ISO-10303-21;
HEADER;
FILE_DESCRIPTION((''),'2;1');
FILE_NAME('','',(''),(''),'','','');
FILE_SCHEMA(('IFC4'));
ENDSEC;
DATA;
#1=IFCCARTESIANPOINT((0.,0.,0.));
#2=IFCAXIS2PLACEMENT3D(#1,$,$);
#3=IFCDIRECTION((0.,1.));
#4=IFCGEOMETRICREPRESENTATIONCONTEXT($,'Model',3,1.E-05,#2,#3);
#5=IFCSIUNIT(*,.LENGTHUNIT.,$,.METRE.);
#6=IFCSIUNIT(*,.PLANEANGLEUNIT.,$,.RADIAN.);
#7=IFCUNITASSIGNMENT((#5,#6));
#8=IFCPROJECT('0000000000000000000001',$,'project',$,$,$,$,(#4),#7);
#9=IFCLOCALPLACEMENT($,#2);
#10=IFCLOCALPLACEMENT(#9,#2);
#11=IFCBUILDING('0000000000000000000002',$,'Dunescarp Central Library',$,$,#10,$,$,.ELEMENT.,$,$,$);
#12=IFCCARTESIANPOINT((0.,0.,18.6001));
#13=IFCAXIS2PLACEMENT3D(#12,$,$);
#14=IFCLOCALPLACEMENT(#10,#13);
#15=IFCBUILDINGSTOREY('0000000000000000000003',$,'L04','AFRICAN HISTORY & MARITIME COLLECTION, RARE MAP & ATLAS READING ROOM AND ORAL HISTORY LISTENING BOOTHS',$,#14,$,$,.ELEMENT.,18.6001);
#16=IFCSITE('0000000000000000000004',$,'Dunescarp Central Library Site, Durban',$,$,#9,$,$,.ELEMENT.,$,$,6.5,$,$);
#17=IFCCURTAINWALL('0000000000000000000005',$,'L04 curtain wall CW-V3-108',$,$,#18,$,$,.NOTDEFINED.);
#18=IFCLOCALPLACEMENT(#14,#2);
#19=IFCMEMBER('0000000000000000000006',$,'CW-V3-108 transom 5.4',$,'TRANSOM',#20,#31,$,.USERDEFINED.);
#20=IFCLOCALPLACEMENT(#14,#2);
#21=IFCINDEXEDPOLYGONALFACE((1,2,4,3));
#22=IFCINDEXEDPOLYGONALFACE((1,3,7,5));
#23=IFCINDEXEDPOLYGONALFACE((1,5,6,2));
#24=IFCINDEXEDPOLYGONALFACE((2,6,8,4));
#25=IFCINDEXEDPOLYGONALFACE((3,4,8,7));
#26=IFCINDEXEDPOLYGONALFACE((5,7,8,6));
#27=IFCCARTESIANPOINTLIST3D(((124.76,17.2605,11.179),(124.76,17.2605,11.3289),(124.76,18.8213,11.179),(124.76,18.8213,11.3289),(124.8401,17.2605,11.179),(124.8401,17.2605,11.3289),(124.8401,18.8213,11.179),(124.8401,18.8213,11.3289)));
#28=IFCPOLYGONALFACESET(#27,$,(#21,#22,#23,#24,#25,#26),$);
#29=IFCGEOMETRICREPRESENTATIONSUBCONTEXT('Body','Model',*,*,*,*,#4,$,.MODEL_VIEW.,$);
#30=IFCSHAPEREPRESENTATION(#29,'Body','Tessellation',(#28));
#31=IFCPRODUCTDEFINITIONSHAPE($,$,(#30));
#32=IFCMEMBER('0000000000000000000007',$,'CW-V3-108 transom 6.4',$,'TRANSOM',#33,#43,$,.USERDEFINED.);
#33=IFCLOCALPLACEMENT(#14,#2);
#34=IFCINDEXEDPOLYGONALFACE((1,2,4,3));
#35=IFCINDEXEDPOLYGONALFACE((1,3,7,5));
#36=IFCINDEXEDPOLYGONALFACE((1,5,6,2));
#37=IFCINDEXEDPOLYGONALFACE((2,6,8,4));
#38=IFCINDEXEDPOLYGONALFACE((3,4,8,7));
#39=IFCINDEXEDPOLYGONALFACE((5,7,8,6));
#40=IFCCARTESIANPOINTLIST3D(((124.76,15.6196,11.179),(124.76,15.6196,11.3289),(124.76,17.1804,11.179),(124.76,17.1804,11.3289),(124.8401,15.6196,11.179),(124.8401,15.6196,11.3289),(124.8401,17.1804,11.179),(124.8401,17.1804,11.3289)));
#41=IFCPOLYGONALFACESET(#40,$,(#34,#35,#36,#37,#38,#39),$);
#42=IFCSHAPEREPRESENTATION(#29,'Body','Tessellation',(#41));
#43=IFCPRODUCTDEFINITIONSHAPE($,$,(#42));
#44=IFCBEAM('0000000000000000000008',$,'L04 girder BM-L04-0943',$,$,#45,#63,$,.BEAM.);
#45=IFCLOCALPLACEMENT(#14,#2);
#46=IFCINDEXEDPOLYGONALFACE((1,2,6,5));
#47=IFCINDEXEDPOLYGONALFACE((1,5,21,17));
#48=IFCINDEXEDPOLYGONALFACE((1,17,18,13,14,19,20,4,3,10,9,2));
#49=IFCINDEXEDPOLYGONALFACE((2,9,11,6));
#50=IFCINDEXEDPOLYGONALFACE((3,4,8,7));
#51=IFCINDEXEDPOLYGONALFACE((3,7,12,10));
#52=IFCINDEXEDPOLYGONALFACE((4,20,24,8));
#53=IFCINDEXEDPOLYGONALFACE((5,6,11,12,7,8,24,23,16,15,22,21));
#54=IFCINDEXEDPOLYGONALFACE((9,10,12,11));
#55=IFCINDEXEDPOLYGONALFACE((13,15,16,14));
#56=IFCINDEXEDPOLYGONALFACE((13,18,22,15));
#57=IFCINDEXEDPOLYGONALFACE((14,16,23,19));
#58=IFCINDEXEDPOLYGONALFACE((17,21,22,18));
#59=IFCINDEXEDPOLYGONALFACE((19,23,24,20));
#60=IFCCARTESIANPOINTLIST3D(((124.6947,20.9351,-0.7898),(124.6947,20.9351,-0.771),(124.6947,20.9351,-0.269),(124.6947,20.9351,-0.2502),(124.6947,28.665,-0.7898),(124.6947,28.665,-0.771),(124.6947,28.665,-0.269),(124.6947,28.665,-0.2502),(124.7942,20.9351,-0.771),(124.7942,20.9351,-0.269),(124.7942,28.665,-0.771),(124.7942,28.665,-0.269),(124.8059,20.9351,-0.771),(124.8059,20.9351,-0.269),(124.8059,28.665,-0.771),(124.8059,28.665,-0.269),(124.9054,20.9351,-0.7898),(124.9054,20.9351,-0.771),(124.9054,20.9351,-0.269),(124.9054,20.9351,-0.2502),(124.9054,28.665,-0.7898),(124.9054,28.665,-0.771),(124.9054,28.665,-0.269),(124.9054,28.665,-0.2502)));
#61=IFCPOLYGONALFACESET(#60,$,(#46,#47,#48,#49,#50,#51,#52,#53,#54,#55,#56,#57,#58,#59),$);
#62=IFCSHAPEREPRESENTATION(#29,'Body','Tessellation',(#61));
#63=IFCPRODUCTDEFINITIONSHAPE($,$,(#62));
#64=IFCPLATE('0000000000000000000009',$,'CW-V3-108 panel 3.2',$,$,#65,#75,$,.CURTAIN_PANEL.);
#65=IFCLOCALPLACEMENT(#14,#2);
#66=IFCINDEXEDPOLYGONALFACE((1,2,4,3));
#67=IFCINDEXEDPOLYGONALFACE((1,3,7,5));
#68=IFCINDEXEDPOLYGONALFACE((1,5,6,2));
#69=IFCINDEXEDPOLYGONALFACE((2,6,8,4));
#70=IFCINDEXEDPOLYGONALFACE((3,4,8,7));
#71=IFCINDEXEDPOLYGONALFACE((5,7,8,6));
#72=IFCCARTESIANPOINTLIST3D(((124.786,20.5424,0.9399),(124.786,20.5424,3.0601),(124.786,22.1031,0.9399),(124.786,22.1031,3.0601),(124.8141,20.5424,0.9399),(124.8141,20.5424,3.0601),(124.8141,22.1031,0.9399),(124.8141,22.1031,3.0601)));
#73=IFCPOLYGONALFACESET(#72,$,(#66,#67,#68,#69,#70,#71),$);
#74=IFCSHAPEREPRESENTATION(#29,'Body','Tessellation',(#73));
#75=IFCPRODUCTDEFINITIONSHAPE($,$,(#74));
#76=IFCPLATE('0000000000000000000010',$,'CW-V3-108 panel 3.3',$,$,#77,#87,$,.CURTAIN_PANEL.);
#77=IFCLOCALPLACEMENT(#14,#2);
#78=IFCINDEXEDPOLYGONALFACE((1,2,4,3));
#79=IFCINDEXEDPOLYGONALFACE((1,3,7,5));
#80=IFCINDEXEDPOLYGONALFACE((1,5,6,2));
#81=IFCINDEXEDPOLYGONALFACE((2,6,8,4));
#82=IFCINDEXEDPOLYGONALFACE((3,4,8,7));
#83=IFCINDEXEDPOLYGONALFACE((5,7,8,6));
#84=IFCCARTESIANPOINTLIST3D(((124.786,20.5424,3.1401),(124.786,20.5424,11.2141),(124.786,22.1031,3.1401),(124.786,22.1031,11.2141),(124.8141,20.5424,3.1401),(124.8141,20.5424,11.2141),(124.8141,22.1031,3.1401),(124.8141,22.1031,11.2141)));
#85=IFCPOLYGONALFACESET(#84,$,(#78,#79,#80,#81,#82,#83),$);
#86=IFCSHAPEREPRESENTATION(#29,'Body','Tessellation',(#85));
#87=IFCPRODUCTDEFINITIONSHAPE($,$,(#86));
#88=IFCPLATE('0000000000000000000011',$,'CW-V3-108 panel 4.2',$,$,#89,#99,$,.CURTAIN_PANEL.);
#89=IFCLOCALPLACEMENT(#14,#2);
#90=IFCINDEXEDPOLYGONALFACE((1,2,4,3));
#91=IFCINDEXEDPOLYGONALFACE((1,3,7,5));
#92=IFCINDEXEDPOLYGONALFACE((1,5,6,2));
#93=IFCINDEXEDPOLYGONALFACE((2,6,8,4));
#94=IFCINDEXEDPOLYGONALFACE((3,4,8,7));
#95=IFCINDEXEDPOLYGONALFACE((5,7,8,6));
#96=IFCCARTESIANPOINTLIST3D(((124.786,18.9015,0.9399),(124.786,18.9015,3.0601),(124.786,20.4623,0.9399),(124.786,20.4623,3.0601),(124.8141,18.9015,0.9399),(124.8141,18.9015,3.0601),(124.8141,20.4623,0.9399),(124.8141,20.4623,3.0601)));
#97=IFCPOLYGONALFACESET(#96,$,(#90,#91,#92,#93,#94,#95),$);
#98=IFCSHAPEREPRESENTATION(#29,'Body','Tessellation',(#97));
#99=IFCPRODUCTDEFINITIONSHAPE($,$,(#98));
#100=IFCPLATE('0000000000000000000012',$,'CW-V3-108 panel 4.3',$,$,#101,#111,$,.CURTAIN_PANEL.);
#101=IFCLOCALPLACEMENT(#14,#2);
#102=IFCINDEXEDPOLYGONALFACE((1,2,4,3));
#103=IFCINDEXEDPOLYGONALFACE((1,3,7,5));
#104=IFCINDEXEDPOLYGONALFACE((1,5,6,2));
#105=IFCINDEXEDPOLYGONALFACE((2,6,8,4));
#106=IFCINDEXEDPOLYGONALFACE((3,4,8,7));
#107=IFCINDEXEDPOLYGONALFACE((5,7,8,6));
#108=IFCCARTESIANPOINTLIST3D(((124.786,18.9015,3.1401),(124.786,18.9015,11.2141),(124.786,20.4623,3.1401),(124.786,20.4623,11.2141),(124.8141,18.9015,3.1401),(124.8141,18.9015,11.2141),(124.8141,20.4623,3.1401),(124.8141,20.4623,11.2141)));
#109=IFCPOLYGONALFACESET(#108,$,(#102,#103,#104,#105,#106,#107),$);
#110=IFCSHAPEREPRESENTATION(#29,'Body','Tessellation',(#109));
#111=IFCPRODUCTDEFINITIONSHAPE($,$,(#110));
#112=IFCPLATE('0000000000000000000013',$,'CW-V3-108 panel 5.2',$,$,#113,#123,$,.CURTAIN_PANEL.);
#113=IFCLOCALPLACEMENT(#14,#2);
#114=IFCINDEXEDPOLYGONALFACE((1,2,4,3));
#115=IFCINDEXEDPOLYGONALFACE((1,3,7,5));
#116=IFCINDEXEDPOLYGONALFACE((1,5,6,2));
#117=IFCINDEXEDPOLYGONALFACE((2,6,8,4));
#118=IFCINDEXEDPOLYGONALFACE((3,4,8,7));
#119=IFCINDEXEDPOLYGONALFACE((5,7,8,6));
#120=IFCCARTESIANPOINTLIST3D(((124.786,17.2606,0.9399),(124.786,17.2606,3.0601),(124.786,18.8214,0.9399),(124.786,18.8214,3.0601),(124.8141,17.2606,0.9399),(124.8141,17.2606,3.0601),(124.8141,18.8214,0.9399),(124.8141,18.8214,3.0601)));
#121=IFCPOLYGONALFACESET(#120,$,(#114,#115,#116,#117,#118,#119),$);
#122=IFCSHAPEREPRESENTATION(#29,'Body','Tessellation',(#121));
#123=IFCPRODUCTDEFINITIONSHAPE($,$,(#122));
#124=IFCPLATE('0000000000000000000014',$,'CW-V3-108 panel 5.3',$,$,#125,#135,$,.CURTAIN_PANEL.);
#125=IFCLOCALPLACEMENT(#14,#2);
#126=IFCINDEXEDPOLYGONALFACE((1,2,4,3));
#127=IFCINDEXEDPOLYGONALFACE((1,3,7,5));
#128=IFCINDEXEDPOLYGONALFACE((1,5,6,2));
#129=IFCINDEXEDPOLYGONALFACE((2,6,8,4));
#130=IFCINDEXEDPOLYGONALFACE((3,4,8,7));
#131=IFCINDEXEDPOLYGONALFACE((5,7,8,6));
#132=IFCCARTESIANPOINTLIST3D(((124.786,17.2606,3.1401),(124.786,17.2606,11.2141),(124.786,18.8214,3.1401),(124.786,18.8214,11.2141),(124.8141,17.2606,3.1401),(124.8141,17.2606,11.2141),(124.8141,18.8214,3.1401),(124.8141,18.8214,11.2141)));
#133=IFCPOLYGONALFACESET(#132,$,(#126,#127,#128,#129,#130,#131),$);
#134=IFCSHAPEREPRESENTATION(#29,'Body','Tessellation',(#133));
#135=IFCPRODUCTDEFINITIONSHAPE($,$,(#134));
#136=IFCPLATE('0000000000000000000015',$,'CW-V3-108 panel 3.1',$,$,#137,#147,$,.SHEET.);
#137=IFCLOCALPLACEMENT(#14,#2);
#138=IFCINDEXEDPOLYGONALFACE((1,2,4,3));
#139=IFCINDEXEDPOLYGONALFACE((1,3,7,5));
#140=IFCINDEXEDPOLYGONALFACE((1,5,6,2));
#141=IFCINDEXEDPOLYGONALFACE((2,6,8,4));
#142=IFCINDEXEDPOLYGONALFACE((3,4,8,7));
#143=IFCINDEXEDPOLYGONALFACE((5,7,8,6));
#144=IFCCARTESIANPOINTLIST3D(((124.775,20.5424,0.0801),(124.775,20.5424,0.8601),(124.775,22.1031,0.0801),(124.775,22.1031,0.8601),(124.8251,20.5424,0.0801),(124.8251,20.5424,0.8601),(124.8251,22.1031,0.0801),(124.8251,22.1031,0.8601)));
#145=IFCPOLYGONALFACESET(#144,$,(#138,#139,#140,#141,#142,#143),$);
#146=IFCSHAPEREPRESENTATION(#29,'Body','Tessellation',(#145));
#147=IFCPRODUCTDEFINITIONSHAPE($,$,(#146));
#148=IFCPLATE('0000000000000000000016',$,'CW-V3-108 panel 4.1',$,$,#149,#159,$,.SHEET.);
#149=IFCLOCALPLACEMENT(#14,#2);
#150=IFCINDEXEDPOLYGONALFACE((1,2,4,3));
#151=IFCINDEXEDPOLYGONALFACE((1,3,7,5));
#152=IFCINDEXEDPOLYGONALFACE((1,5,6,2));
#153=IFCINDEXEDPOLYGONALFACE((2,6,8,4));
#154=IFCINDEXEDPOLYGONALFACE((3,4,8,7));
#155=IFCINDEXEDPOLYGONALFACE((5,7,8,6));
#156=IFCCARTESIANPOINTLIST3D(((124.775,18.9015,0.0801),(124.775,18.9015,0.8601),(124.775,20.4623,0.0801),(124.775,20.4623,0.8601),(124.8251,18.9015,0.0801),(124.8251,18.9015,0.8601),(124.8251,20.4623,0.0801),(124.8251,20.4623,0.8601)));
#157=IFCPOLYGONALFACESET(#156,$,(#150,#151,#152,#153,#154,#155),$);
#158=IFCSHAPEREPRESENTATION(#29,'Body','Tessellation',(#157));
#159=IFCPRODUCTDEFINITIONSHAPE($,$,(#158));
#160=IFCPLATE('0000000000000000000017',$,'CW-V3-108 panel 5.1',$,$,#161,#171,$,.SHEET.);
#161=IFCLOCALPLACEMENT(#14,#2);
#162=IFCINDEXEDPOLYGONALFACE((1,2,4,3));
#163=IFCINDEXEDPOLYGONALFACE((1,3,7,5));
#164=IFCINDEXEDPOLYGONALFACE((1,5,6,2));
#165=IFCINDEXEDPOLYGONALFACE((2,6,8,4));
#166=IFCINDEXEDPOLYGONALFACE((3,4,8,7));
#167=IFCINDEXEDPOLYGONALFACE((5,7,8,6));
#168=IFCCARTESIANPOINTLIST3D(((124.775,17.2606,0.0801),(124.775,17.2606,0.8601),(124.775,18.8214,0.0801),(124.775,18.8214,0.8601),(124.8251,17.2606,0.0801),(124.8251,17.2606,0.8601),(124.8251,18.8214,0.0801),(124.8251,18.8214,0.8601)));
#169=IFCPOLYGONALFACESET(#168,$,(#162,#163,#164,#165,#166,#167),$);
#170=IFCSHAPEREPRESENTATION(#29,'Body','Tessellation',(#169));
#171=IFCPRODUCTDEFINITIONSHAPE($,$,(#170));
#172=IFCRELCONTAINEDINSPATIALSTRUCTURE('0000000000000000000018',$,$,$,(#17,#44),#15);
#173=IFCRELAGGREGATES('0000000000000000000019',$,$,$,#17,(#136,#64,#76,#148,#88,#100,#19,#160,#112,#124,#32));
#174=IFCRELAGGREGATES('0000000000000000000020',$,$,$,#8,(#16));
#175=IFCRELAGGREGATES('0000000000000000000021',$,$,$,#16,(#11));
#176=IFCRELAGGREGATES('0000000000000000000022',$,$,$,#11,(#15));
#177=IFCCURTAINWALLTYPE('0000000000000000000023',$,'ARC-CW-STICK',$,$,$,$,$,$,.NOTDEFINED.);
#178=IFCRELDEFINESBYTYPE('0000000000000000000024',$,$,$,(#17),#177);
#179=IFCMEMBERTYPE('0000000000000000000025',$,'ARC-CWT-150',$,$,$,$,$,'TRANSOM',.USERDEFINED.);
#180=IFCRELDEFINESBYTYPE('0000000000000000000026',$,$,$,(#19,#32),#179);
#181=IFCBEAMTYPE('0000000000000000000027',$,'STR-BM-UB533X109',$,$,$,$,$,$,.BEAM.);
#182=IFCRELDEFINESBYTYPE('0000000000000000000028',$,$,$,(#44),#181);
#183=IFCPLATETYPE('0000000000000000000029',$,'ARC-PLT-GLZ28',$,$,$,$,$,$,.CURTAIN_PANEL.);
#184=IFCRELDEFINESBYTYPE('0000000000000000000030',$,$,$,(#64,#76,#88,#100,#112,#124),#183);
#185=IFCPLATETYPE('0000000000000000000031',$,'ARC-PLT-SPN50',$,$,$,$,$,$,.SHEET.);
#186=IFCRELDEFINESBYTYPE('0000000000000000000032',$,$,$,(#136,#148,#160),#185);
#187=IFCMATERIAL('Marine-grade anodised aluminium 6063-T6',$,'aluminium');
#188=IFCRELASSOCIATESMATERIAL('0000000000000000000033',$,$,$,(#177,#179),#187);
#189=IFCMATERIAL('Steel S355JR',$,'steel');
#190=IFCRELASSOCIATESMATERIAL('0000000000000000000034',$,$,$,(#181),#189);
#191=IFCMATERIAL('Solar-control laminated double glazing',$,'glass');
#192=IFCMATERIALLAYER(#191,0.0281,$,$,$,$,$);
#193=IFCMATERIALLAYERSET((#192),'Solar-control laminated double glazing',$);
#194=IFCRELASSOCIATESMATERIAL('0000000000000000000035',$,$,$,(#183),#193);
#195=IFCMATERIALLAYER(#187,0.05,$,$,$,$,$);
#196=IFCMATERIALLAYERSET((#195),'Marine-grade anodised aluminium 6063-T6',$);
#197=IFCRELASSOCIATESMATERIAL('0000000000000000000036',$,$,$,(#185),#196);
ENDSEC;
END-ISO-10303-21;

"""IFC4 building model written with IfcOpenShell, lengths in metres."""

from ifc_helpers import new_model, si_unit, direction, frame, origin, origin_2d, place, context, subcontext, project, spatial, rectangle, i_section, extrude, material, layer, layer_set, material_profile, profile_set, type_object, element, aggregate, save


model = new_model("IFC4")

# Units and contexts
model_context = context("Model", 3, precision=1e-05, world=origin(), true_north=direction((0.0, 1.0)))
body_context = subcontext(model_context, "Body", "Model", "MODEL_VIEW")
ifc_project = project(units=[si_unit("LENGTHUNIT", "METRE"), si_unit("PLANEANGLEUNIT", "RADIAN")], contexts=[model_context])

# Site, building, storey
site_placement = place(None, origin())
site = spatial("IfcSite", under=ifc_project, at=site_placement, Name="Dunescarp Central Library Site, Durban", CompositionType="ELEMENT", RefElevation=6.5)
building_placement = place(site_placement, origin())
building = spatial("IfcBuilding", under=site, at=building_placement, Name="Dunescarp Central Library", CompositionType="ELEMENT")
storey_placement = place(building_placement, frame((0.0, 0.0, 18.6001)))
storey = spatial("IfcBuildingStorey", under=building, at=storey_placement, Name="L04", Description="AFRICAN HISTORY & MARITIME COLLECTION, RARE MAP & ATLAS READING ROOM AND ORAL HISTORY LISTENING BOOTHS", CompositionType="ELEMENT", Elevation=18.6001)

# Shared definitions
ifc_material_1 = material(Name="Steel S355JR", Category="steel")

# Curtain wall, members
ifc_material_2 = material(Name="Marine-grade anodised aluminium 6063-T6", Category="aluminium")
curtain_wall_type = type_object("IfcCurtainWallType", Name="ARC-CW-STICK", PredefinedType="NOTDEFINED", material=ifc_material_2)
curtain_wall_placement = place(storey_placement, origin())
curtain_wall = element("IfcCurtainWall", 1, at=curtain_wall_placement, inside=storey, type_object=curtain_wall_type, Name="L04 curtain wall CW-V3-108", PredefinedType="NOTDEFINED")
ifc_material_profile_1 = material_profile(ifc_material_2, rectangle(XDim=0.0801, YDim=0.1499, at=origin_2d()), Name="AL 80x150")
ifc_profile_set_1 = profile_set([ifc_material_profile_1], Name="Marine-grade anodised aluminium 6063-T6")
member_type_1 = type_object("IfcMemberType", Name="ARC-CWT-150", ElementType="TRANSOM", PredefinedType="USERDEFINED", material=ifc_profile_set_1)
member_1_placement = place(storey_placement, frame((124.8, 18.8213, 11.2539), z_axis=(0.0, -1.0, 0.0), x_axis=(1.0, 0.0, 0.0)))
member_1 = element("IfcMember", 2, at=member_1_placement, type_object=member_type_1, Name="CW-V3-108 transom 5.4", ObjectType="TRANSOM", PredefinedType="USERDEFINED", context=body_context, shape_type="SweptSolid", body=[
    extrude(rectangle(XDim=0.0801, YDim=0.1499, at=origin_2d()), origin(), (0.0, 0.0, 1.0), 1.5608),
])
member_2_placement = place(storey_placement, frame((124.8, 17.1804, 11.2539), z_axis=(0.0, -1.0, 0.0), x_axis=(1.0, 0.0, 0.0)))
member_2 = element("IfcMember", 3, at=member_2_placement, type_object=member_type_1, Name="CW-V3-108 transom 6.4", ObjectType="TRANSOM", PredefinedType="USERDEFINED", context=body_context, shape_type="SweptSolid", body=[
    extrude(rectangle(XDim=0.0801, YDim=0.1499, at=origin_2d()), origin(), (0.0, 0.0, 1.0), 1.5608),
])

# Beam
ifc_material_profile_2 = material_profile(ifc_material_1, i_section(OverallWidth=0.2107, OverallDepth=0.5396, WebThickness=0.0117, FlangeThickness=0.0188, at=origin_2d()), Name="UB 533x210x109")
ifc_profile_set_2 = profile_set([ifc_material_profile_2], Name="Steel S355JR")
beam_type = type_object("IfcBeamType", Name="STR-BM-UB533X109", PredefinedType="BEAM", material=ifc_profile_set_2)
beam_placement = place(storey_placement, frame((124.8, 20.9351, -0.52), z_axis=(0.0, 1.0, 0.0), x_axis=(-1.0, 0.0, 0.0)))
element("IfcBeam", 4, at=beam_placement, inside=storey, type_object=beam_type, Name="L04 girder BM-L04-0943", PredefinedType="BEAM", context=body_context, shape_type="SweptSolid", body=[
    extrude(i_section(OverallWidth=0.2107, OverallDepth=0.5396, WebThickness=0.0117, FlangeThickness=0.0188, at=origin_2d()), origin(), (0.0, 0.0, 1.0), 7.73),
])

# Plates
ifc_material_3 = material(Name="Solar-control laminated double glazing", Category="glass")
ifc_layer_1 = layer(ifc_material_3, 0.0281)
ifc_layer_set_1 = layer_set([ifc_layer_1], Name="Solar-control laminated double glazing")
plate_type_1 = type_object("IfcPlateType", Name="ARC-PLT-GLZ28", PredefinedType="CURTAIN_PANEL", material=ifc_layer_set_1)
plate_1_placement = place(storey_placement, frame((124.8, 21.3228, 0.9399), z_axis=(0.0, 0.0, 1.0), x_axis=(0.0, -1.0, 0.0)))
plate_1 = element("IfcPlate", 5, at=plate_1_placement, type_object=plate_type_1, Name="CW-V3-108 panel 3.2", PredefinedType="CURTAIN_PANEL", context=body_context, shape_type="SweptSolid", body=[
    extrude(rectangle(XDim=1.5608, YDim=0.0281, at=origin_2d()), origin(), (0.0, 0.0, 1.0), 2.1201),
])
plate_2_placement = place(storey_placement, frame((124.8, 21.3228, 3.1401), z_axis=(0.0, 0.0, 1.0), x_axis=(0.0, -1.0, 0.0)))
plate_2 = element("IfcPlate", 6, at=plate_2_placement, type_object=plate_type_1, Name="CW-V3-108 panel 3.3", PredefinedType="CURTAIN_PANEL", context=body_context, shape_type="SweptSolid", body=[
    extrude(rectangle(XDim=1.5608, YDim=0.0281, at=origin_2d()), origin(), (0.0, 0.0, 1.0), 8.074),
])
plate_3_placement = place(storey_placement, frame((124.8, 19.6819, 0.9399), z_axis=(0.0, 0.0, 1.0), x_axis=(0.0, -1.0, 0.0)))
plate_3 = element("IfcPlate", 7, at=plate_3_placement, type_object=plate_type_1, Name="CW-V3-108 panel 4.2", PredefinedType="CURTAIN_PANEL", context=body_context, shape_type="SweptSolid", body=[
    extrude(rectangle(XDim=1.5608, YDim=0.0281, at=origin_2d()), origin(), (0.0, 0.0, 1.0), 2.1201),
])
plate_4_placement = place(storey_placement, frame((124.8, 19.6819, 3.1401), z_axis=(0.0, 0.0, 1.0), x_axis=(0.0, -1.0, 0.0)))
plate_4 = element("IfcPlate", 8, at=plate_4_placement, type_object=plate_type_1, Name="CW-V3-108 panel 4.3", PredefinedType="CURTAIN_PANEL", context=body_context, shape_type="SweptSolid", body=[
    extrude(rectangle(XDim=1.5608, YDim=0.0281, at=origin_2d()), origin(), (0.0, 0.0, 1.0), 8.074),
])
plate_5_placement = place(storey_placement, frame((124.8, 18.041, 0.9399), z_axis=(0.0, 0.0, 1.0), x_axis=(0.0, -1.0, 0.0)))
plate_5 = element("IfcPlate", 9, at=plate_5_placement, type_object=plate_type_1, Name="CW-V3-108 panel 5.2", PredefinedType="CURTAIN_PANEL", context=body_context, shape_type="SweptSolid", body=[
    extrude(rectangle(XDim=1.5608, YDim=0.0281, at=origin_2d()), origin(), (0.0, 0.0, 1.0), 2.1201),
])
plate_6_placement = place(storey_placement, frame((124.8, 18.041, 3.1401), z_axis=(0.0, 0.0, 1.0), x_axis=(0.0, -1.0, 0.0)))
plate_6 = element("IfcPlate", 10, at=plate_6_placement, type_object=plate_type_1, Name="CW-V3-108 panel 5.3", PredefinedType="CURTAIN_PANEL", context=body_context, shape_type="SweptSolid", body=[
    extrude(rectangle(XDim=1.5608, YDim=0.0281, at=origin_2d()), origin(), (0.0, 0.0, 1.0), 8.074),
])
ifc_layer_2 = layer(ifc_material_2, 0.05)
ifc_layer_set_2 = layer_set([ifc_layer_2], Name="Marine-grade anodised aluminium 6063-T6")
plate_type_2 = type_object("IfcPlateType", Name="ARC-PLT-SPN50", PredefinedType="SHEET", material=ifc_layer_set_2)
plate_7_placement = place(storey_placement, frame((124.8, 21.3228, 0.0801), z_axis=(0.0, 0.0, 1.0), x_axis=(0.0, -1.0, 0.0)))
plate_7 = element("IfcPlate", 11, at=plate_7_placement, type_object=plate_type_2, Name="CW-V3-108 panel 3.1", PredefinedType="SHEET", context=body_context, shape_type="SweptSolid", body=[
    extrude(rectangle(XDim=1.5608, YDim=0.05, at=origin_2d()), origin(), (0.0, 0.0, 1.0), 0.78),
])
plate_8_placement = place(storey_placement, frame((124.8, 19.6819, 0.0801), z_axis=(0.0, 0.0, 1.0), x_axis=(0.0, -1.0, 0.0)))
plate_8 = element("IfcPlate", 12, at=plate_8_placement, type_object=plate_type_2, Name="CW-V3-108 panel 4.1", PredefinedType="SHEET", context=body_context, shape_type="SweptSolid", body=[
    extrude(rectangle(XDim=1.5608, YDim=0.05, at=origin_2d()), origin(), (0.0, 0.0, 1.0), 0.78),
])
plate_9_placement = place(storey_placement, frame((124.8, 18.041, 0.0801), z_axis=(0.0, 0.0, 1.0), x_axis=(0.0, -1.0, 0.0)))
plate_9 = element("IfcPlate", 13, at=plate_9_placement, type_object=plate_type_2, Name="CW-V3-108 panel 5.1", PredefinedType="SHEET", context=body_context, shape_type="SweptSolid", body=[
    extrude(rectangle(XDim=1.5608, YDim=0.05, at=origin_2d()), origin(), (0.0, 0.0, 1.0), 0.78),
])
aggregate(curtain_wall, [plate_7, plate_1, plate_2, plate_8, plate_3, plate_4, member_1, plate_9, plate_5, plate_6, member_2])

save(model, "model.ifc")
